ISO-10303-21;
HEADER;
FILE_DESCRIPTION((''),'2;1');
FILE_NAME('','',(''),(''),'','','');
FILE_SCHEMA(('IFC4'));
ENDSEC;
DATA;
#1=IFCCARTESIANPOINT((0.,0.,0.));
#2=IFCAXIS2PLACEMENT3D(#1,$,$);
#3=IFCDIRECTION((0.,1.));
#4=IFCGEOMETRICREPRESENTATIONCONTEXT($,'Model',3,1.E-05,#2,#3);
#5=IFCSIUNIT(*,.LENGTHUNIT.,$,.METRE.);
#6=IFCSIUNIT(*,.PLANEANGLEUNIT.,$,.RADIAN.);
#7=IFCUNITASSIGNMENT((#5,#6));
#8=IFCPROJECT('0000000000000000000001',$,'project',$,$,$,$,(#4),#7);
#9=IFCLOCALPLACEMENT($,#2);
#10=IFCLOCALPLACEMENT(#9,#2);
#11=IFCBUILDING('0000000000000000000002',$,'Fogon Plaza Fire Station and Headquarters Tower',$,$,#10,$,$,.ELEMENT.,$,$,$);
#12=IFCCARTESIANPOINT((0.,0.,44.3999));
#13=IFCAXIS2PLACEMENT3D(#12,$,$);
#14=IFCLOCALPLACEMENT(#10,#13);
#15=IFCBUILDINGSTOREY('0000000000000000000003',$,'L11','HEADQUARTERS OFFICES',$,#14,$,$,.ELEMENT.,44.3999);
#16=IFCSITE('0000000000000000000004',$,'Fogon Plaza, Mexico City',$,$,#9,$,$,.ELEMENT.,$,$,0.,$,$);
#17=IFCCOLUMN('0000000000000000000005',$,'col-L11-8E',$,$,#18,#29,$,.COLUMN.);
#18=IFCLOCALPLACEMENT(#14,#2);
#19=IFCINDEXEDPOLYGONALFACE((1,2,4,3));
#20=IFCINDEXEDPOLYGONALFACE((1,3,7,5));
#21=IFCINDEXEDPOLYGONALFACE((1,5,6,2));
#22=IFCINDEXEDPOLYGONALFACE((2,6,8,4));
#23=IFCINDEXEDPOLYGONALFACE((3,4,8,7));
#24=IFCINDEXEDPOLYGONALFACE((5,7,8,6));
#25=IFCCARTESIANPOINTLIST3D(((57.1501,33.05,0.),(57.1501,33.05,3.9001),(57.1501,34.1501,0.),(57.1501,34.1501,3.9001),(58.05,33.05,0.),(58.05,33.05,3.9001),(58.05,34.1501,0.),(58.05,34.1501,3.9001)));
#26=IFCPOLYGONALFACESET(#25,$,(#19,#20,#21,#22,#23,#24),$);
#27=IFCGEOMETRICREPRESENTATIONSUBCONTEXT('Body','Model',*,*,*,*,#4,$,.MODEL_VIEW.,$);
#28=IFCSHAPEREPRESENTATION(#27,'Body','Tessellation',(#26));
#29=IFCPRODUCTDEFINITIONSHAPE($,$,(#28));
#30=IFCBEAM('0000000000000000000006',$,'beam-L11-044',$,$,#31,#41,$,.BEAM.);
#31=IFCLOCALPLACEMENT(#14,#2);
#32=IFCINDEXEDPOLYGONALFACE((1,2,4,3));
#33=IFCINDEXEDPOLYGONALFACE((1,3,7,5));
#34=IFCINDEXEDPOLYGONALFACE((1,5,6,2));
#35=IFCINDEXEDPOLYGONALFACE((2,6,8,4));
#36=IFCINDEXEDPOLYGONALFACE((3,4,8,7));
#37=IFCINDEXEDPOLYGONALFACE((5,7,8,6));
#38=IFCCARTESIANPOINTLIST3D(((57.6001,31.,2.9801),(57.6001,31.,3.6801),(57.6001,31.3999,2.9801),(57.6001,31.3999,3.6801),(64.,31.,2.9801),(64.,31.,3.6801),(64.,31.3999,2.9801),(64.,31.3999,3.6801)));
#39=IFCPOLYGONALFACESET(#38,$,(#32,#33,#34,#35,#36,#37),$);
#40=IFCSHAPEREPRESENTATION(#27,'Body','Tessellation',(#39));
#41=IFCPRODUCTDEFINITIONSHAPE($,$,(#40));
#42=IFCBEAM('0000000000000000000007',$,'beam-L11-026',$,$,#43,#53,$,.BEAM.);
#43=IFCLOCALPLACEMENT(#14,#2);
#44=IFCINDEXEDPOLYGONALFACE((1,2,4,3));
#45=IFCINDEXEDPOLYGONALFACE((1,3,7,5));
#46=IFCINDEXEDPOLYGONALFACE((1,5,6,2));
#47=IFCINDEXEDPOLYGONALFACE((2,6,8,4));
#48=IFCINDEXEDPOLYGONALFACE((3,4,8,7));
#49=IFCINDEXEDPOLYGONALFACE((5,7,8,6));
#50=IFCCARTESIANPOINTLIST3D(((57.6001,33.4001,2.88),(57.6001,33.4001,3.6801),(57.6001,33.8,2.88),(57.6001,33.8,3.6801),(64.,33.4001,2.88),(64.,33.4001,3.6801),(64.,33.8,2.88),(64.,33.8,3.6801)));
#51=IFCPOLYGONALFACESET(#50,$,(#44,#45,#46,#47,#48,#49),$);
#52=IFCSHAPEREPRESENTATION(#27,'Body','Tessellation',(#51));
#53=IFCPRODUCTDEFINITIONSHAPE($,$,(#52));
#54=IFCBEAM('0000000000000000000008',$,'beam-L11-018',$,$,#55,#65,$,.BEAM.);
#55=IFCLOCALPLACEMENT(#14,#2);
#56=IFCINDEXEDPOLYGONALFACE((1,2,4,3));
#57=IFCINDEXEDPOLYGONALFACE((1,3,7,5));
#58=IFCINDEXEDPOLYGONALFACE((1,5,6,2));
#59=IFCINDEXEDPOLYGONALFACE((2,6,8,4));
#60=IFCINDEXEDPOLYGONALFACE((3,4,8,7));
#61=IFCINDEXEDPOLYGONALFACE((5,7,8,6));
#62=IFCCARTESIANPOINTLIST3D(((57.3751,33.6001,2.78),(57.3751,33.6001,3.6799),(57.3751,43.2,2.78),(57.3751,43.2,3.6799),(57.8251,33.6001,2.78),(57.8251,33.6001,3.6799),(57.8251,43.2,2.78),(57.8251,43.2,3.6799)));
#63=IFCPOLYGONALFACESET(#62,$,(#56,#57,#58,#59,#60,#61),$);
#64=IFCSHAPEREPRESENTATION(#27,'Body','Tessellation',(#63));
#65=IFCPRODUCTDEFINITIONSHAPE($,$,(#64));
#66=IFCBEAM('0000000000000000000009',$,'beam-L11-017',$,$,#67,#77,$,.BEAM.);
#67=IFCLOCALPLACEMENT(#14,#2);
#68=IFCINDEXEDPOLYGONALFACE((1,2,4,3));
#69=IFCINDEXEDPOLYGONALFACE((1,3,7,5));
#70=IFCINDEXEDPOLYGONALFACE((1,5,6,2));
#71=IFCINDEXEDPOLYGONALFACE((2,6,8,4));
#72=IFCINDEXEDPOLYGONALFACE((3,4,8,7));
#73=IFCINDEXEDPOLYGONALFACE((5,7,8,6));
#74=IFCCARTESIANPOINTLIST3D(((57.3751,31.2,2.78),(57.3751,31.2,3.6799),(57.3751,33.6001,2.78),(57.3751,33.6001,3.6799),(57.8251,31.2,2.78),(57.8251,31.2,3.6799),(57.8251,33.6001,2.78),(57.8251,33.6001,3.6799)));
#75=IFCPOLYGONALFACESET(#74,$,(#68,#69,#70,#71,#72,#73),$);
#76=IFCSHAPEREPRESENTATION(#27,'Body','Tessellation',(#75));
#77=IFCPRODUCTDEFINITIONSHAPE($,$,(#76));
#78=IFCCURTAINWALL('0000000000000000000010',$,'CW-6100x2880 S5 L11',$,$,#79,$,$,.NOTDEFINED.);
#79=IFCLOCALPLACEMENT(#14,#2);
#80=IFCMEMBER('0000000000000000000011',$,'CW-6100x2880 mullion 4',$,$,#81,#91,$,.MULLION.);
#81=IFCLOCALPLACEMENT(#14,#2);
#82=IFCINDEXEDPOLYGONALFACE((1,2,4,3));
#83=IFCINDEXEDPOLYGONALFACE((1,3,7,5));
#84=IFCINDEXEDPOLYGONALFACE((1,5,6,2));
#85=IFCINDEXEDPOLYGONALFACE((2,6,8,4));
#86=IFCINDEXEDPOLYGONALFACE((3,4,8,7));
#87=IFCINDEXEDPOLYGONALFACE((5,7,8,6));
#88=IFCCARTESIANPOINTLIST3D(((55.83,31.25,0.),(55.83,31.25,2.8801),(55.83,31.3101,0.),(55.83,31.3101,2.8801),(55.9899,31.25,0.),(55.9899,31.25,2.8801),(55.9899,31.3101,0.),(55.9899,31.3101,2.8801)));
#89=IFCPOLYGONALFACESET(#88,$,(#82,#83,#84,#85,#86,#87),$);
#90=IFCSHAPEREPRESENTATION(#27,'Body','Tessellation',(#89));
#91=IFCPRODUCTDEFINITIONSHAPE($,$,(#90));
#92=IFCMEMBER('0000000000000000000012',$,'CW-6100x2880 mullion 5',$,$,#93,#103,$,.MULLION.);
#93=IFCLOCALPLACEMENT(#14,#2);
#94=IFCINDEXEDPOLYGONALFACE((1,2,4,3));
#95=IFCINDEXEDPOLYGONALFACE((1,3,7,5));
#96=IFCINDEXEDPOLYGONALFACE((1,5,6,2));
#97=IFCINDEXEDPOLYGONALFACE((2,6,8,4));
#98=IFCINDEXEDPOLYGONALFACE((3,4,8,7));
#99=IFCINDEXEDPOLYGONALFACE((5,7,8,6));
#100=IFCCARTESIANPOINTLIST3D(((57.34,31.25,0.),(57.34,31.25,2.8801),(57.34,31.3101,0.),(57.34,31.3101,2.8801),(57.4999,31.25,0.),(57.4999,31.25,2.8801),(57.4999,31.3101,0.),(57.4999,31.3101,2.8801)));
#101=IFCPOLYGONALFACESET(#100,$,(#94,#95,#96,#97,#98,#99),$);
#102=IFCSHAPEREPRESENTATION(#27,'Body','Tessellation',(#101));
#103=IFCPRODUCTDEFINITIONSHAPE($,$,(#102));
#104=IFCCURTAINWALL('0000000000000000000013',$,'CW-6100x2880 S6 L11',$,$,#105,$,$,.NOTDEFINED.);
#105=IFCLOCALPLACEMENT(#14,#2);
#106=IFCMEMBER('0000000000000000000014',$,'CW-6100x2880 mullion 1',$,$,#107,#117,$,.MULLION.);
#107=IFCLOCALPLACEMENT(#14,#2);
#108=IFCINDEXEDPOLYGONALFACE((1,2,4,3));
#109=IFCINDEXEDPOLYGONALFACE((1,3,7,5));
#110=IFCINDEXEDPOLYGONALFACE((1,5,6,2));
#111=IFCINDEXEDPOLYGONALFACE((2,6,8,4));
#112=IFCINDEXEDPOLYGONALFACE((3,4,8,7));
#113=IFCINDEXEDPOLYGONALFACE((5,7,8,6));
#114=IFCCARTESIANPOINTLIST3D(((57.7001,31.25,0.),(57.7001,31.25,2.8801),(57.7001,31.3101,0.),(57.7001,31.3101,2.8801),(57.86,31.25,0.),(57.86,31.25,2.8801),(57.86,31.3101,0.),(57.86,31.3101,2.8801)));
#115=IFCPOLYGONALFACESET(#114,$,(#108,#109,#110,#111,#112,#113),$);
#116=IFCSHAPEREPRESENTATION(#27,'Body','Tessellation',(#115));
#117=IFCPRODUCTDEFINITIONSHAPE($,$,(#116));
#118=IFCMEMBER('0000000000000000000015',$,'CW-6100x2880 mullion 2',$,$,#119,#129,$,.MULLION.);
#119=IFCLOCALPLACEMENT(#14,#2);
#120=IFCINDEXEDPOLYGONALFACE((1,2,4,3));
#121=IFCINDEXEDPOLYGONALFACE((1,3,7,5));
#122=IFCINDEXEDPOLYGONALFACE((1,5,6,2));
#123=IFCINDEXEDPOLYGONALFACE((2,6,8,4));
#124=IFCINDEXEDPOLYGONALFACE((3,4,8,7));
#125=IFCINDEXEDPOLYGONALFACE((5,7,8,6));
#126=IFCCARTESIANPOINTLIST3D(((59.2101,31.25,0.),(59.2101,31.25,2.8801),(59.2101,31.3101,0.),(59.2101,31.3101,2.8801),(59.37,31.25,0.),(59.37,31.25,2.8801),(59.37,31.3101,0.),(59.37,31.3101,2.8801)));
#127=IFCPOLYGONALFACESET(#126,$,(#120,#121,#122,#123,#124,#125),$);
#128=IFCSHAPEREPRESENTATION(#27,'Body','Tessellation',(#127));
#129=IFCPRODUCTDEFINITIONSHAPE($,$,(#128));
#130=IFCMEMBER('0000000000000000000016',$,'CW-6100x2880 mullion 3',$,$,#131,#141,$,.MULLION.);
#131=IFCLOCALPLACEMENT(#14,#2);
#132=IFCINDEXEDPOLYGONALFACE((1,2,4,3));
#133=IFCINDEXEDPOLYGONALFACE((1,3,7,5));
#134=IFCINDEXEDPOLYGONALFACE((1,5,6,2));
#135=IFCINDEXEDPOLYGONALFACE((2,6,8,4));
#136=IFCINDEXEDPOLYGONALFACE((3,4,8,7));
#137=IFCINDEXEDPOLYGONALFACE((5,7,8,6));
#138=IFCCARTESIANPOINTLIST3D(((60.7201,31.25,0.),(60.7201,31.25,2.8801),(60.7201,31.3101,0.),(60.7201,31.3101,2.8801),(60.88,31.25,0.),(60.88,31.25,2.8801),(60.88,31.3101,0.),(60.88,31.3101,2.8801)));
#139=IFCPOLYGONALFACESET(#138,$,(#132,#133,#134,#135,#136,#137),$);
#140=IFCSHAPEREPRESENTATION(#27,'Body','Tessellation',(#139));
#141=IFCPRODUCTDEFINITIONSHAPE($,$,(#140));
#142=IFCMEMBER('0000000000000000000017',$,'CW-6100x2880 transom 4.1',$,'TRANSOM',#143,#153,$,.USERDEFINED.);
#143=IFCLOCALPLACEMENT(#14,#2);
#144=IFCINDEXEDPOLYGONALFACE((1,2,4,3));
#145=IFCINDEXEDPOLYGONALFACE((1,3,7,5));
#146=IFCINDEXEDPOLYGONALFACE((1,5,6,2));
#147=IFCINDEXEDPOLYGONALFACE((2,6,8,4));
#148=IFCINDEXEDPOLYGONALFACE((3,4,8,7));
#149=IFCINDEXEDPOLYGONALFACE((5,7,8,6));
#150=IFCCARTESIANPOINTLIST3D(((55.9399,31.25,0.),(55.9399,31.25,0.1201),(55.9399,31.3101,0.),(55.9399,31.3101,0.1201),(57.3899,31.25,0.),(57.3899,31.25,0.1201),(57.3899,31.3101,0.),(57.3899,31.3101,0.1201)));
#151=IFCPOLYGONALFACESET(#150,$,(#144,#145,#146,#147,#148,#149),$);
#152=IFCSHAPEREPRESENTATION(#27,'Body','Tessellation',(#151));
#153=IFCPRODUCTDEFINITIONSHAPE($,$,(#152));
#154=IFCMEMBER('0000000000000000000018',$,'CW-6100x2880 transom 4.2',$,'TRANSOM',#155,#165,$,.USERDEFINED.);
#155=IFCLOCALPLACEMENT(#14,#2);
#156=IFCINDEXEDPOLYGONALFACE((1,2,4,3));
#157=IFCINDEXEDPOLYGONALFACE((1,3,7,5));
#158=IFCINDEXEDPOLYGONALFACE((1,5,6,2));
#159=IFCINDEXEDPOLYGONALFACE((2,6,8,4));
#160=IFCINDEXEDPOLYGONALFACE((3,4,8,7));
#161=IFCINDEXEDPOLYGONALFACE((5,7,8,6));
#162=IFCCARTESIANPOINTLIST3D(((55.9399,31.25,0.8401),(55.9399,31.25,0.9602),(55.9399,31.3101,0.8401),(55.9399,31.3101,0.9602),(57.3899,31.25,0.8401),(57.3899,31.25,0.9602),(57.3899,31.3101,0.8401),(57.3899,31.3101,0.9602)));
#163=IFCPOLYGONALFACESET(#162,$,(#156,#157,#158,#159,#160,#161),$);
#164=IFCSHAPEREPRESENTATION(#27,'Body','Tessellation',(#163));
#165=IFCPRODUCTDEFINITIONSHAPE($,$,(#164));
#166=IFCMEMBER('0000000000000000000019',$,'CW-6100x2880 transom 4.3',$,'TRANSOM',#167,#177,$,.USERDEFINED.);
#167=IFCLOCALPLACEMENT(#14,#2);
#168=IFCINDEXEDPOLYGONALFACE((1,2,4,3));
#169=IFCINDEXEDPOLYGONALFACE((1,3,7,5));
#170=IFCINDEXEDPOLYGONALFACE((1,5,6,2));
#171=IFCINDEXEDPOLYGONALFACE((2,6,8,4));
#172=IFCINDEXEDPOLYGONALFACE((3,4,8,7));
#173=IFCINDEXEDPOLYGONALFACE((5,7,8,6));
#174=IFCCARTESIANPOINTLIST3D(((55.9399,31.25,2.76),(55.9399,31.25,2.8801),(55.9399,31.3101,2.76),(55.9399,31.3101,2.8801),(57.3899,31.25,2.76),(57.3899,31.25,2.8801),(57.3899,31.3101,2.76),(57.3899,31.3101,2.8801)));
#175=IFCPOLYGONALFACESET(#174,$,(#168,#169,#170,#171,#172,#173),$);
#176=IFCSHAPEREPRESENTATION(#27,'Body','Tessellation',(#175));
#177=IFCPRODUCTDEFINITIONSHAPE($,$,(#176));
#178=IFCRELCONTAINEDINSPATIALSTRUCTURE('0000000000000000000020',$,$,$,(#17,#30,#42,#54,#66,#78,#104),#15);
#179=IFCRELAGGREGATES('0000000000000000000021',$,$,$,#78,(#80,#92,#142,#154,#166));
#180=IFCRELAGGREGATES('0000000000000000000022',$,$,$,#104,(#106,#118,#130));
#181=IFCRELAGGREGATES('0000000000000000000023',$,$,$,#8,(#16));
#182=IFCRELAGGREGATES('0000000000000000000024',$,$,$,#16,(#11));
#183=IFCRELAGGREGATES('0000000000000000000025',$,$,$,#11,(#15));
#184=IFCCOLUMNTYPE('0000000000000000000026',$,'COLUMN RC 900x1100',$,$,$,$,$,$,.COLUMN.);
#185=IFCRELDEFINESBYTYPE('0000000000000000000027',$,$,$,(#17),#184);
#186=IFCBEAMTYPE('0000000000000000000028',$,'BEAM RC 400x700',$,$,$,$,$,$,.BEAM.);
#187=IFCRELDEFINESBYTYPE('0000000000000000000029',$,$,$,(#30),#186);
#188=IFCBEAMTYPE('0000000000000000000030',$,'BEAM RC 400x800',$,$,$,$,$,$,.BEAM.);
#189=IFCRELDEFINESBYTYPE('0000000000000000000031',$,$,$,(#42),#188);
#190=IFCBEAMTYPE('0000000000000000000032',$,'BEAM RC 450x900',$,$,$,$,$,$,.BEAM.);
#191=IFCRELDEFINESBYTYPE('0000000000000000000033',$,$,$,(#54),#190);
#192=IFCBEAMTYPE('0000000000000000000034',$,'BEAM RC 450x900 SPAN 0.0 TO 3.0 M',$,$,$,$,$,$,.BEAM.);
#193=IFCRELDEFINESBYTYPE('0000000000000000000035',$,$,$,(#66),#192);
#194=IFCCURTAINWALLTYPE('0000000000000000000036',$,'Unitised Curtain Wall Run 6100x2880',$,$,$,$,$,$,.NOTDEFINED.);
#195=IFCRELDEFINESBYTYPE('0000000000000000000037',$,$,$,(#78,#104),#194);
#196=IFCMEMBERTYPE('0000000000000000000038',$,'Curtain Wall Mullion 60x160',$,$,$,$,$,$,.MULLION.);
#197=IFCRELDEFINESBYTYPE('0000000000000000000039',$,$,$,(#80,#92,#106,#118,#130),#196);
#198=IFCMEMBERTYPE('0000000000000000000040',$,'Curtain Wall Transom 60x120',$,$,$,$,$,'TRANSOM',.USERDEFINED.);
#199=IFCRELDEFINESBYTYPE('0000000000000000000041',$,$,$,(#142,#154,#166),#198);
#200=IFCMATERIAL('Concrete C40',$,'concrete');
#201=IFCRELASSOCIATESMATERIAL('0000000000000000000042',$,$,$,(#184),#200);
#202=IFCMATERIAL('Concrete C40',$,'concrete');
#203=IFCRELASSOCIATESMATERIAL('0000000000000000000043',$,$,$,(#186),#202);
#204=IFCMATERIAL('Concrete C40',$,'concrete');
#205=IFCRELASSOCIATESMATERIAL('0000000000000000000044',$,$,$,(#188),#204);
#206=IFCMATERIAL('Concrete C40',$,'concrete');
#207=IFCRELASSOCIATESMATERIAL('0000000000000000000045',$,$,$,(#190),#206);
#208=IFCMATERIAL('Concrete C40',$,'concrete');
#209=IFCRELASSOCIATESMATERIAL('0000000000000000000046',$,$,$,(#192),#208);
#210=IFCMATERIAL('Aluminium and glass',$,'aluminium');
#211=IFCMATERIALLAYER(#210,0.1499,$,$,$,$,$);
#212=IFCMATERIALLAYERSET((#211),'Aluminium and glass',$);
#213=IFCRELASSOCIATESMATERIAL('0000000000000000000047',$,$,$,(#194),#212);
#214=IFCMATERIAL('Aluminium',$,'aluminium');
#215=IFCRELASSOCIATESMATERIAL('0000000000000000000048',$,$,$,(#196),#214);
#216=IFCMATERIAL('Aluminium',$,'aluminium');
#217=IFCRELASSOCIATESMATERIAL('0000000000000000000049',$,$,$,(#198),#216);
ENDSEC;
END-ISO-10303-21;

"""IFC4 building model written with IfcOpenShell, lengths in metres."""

from ifc_helpers import new_model, si_unit, direction, frame, origin, origin_2d, place, context, subcontext, project, spatial, rectangle, extrude, material, layer, layer_set, material_profile, profile_set, type_object, element, aggregate, save


model = new_model("IFC4")

# Units and contexts
model_context = context("Model", 3, precision=1e-05, world=origin(), true_north=direction((0.0, 1.0)))
body_context = subcontext(model_context, "Body", "Model", "MODEL_VIEW")
ifc_project = project(units=[si_unit("LENGTHUNIT", "METRE"), si_unit("PLANEANGLEUNIT", "RADIAN")], contexts=[model_context])

# Site, building, storey
site_placement = place(None, origin())
site = spatial("IfcSite", under=ifc_project, at=site_placement, Name="Fogon Plaza, Mexico City", CompositionType="ELEMENT", RefElevation=0.0)
building_placement = place(site_placement, origin())
building = spatial("IfcBuilding", under=site, at=building_placement, Name="Fogon Plaza Fire Station and Headquarters Tower", CompositionType="ELEMENT")
storey_placement = place(building_placement, frame((0.0, 0.0, 44.3999)))
storey = spatial("IfcBuildingStorey", under=building, at=storey_placement, Name="L11", Description="HEADQUARTERS OFFICES", CompositionType="ELEMENT", Elevation=44.3999)

# Column
ifc_material_1 = material(Name="Concrete C40", Category="concrete")
ifc_material_profile_1 = material_profile(ifc_material_1, rectangle(XDim=0.8999, YDim=1.1001, at=origin_2d()), Name="RC 900x1100")
ifc_profile_set_1 = profile_set([ifc_material_profile_1], Name="Concrete C40")
column_type = type_object("IfcColumnType", Name="COLUMN RC 900x1100", PredefinedType="COLUMN", material=ifc_profile_set_1)
column_placement = place(storey_placement, frame((57.6001, 33.6001, 0.0), z_axis=(0.0, 0.0, 1.0), x_axis=(1.0, 0.0, 0.0)))
element("IfcColumn", 1, at=column_placement, inside=storey, type_object=column_type, Name="col-L11-8E", PredefinedType="COLUMN", context=body_context, shape_type="SweptSolid", body=[
    extrude(rectangle(XDim=0.8999, YDim=1.1001, at=origin_2d()), origin(), (0.0, 0.0, 1.0), 3.9001),
])

# Beams
ifc_material_2 = material(Name="Concrete C40", Category="concrete")
ifc_material_profile_2 = material_profile(ifc_material_2, rectangle(XDim=0.3999, YDim=0.7, at=origin_2d()), Name="RC 400x700")
ifc_profile_set_2 = profile_set([ifc_material_profile_2], Name="Concrete C40")
beam_type_1 = type_object("IfcBeamType", Name="BEAM RC 400x700", PredefinedType="BEAM", material=ifc_profile_set_2)
beam_1_placement = place(storey_placement, frame((57.6001, 31.2, 3.3301), z_axis=(1.0, 0.0, 0.0), x_axis=(0.0, 1.0, 0.0)))
element("IfcBeam", 2, at=beam_1_placement, inside=storey, type_object=beam_type_1, Name="beam-L11-044", PredefinedType="BEAM", context=body_context, shape_type="SweptSolid", body=[
    extrude(rectangle(XDim=0.3999, YDim=0.7, at=origin_2d()), origin(), (0.0, 0.0, 1.0), 6.3999),
])
ifc_material_3 = material(Name="Concrete C40", Category="concrete")
ifc_material_profile_3 = material_profile(ifc_material_3, rectangle(XDim=0.3999, YDim=0.8, at=origin_2d()), Name="RC 400x800")
ifc_profile_set_3 = profile_set([ifc_material_profile_3], Name="Concrete C40")
beam_type_2 = type_object("IfcBeamType", Name="BEAM RC 400x800", PredefinedType="BEAM", material=ifc_profile_set_3)
beam_2_placement = place(storey_placement, frame((57.6001, 33.6001, 3.28), z_axis=(1.0, 0.0, 0.0), x_axis=(0.0, 1.0, 0.0)))
element("IfcBeam", 3, at=beam_2_placement, inside=storey, type_object=beam_type_2, Name="beam-L11-026", PredefinedType="BEAM", context=body_context, shape_type="SweptSolid", body=[
    extrude(rectangle(XDim=0.3999, YDim=0.8, at=origin_2d()), origin(), (0.0, 0.0, 1.0), 6.3999),
])
ifc_material_4 = material(Name="Concrete C40", Category="concrete")
ifc_material_profile_4 = material_profile(ifc_material_4, rectangle(XDim=0.45, YDim=0.8999, at=origin_2d()), Name="RC 450x900")
ifc_profile_set_4 = profile_set([ifc_material_profile_4], Name="Concrete C40")
beam_type_3 = type_object("IfcBeamType", Name="BEAM RC 450x900", PredefinedType="BEAM", material=ifc_profile_set_4)
beam_3_placement = place(storey_placement, frame((57.6001, 33.6001, 3.23), z_axis=(0.0, 1.0, 0.0), x_axis=(-1.0, 0.0, 0.0)))
element("IfcBeam", 4, at=beam_3_placement, inside=storey, type_object=beam_type_3, Name="beam-L11-018", PredefinedType="BEAM", context=body_context, shape_type="SweptSolid", body=[
    extrude(rectangle(XDim=0.45, YDim=0.8999, at=origin_2d()), origin(), (0.0, 0.0, 1.0), 9.5999),
])
ifc_material_5 = material(Name="Concrete C40", Category="concrete")
ifc_material_profile_5 = material_profile(ifc_material_5, rectangle(XDim=0.45, YDim=0.8999, at=origin_2d()), Name="RC 450x900")
ifc_profile_set_5 = profile_set([ifc_material_profile_5], Name="Concrete C40")
beam_type_4 = type_object("IfcBeamType", Name="BEAM RC 450x900 SPAN 0.0 TO 3.0 M", PredefinedType="BEAM", material=ifc_profile_set_5)
beam_4_placement = place(storey_placement, frame((57.6001, 31.2, 3.23), z_axis=(0.0, 1.0, 0.0), x_axis=(-1.0, 0.0, 0.0)))
element("IfcBeam", 5, at=beam_4_placement, inside=storey, type_object=beam_type_4, Name="beam-L11-017", PredefinedType="BEAM", context=body_context, shape_type="SweptSolid", body=[
    extrude(rectangle(XDim=0.45, YDim=0.8999, at=origin_2d()), origin(), (0.0, 0.0, 1.0), 2.4001),
])

# Curtain walls, members
ifc_material_6 = material(Name="Aluminium and glass", Category="aluminium")
ifc_layer_1 = layer(ifc_material_6, 0.1499)
ifc_layer_set_1 = layer_set([ifc_layer_1], Name="Aluminium and glass")
curtain_wall_type = type_object("IfcCurtainWallType", Name="Unitised Curtain Wall Run 6100x2880", PredefinedType="NOTDEFINED", material=ifc_layer_set_1)
curtain_wall_1_placement = place(storey_placement, origin())
curtain_wall_1 = element("IfcCurtainWall", 6, at=curtain_wall_1_placement, inside=storey, type_object=curtain_wall_type, Name="CW-6100x2880 S5 L11", PredefinedType="NOTDEFINED")
ifc_material_7 = material(Name="Aluminium", Category="aluminium")
ifc_material_profile_6 = material_profile(ifc_material_7, rectangle(XDim=0.0601, YDim=0.1599, at=origin_2d()), Name="Curtain Wall Mullion 60x160")
ifc_profile_set_6 = profile_set([ifc_material_profile_6], Name="Aluminium")
member_type_1 = type_object("IfcMemberType", Name="Curtain Wall Mullion 60x160", PredefinedType="MULLION", material=ifc_profile_set_6)
member_1_placement = place(storey_placement, frame((55.9099, 31.28, 0.0), z_axis=(0.0, 0.0, 1.0), x_axis=(0.0, 1.0, 0.0)))
member_1 = element("IfcMember", 7, at=member_1_placement, type_object=member_type_1, Name="CW-6100x2880 mullion 4", PredefinedType="MULLION", context=body_context, shape_type="SweptSolid", body=[
    extrude(rectangle(XDim=0.0601, YDim=0.1599, at=origin_2d()), origin(), (0.0, 0.0, 1.0), 2.8801),
])
member_2_placement = place(storey_placement, frame((57.4199, 31.28, 0.0), z_axis=(0.0, 0.0, 1.0), x_axis=(0.0, 1.0, 0.0)))
member_2 = element("IfcMember", 8, at=member_2_placement, type_object=member_type_1, Name="CW-6100x2880 mullion 5", PredefinedType="MULLION", context=body_context, shape_type="SweptSolid", body=[
    extrude(rectangle(XDim=0.0601, YDim=0.1599, at=origin_2d()), origin(), (0.0, 0.0, 1.0), 2.8801),
])
curtain_wall_2_placement = place(storey_placement, origin())
curtain_wall_2 = element("IfcCurtainWall", 9, at=curtain_wall_2_placement, inside=storey, type_object=curtain_wall_type, Name="CW-6100x2880 S6 L11", PredefinedType="NOTDEFINED")
member_3_placement = place(storey_placement, frame((57.78, 31.28, 0.0), z_axis=(0.0, 0.0, 1.0), x_axis=(0.0, 1.0, 0.0)))
member_3 = element("IfcMember", 10, at=member_3_placement, type_object=member_type_1, Name="CW-6100x2880 mullion 1", PredefinedType="MULLION", context=body_context, shape_type="SweptSolid", body=[
    extrude(rectangle(XDim=0.0601, YDim=0.1599, at=origin_2d()), origin(), (0.0, 0.0, 1.0), 2.8801),
])
member_4_placement = place(storey_placement, frame((59.29, 31.28, 0.0), z_axis=(0.0, 0.0, 1.0), x_axis=(0.0, 1.0, 0.0)))
member_4 = element("IfcMember", 11, at=member_4_placement, type_object=member_type_1, Name="CW-6100x2880 mullion 2", PredefinedType="MULLION", context=body_context, shape_type="SweptSolid", body=[
    extrude(rectangle(XDim=0.0601, YDim=0.1599, at=origin_2d()), origin(), (0.0, 0.0, 1.0), 2.8801),
])
member_5_placement = place(storey_placement, frame((60.8, 31.28, 0.0), z_axis=(0.0, 0.0, 1.0), x_axis=(0.0, 1.0, 0.0)))
member_5 = element("IfcMember", 12, at=member_5_placement, type_object=member_type_1, Name="CW-6100x2880 mullion 3", PredefinedType="MULLION", context=body_context, shape_type="SweptSolid", body=[
    extrude(rectangle(XDim=0.0601, YDim=0.1599, at=origin_2d()), origin(), (0.0, 0.0, 1.0), 2.8801),
])

# Members
ifc_material_8 = material(Name="Aluminium", Category="aluminium")
ifc_material_profile_7 = material_profile(ifc_material_8, rectangle(XDim=0.0601, YDim=0.1201, at=origin_2d()), Name="Curtain Wall Transom 60x120")
ifc_profile_set_7 = profile_set([ifc_material_profile_7], Name="Aluminium")
member_type_2 = type_object("IfcMemberType", Name="Curtain Wall Transom 60x120", ElementType="TRANSOM", PredefinedType="USERDEFINED", material=ifc_profile_set_7)
member_6_placement = place(storey_placement, frame((55.9399, 31.28, 0.0601), z_axis=(1.0, 0.0, 0.0), x_axis=(0.0, 1.0, 0.0)))
member_6 = element("IfcMember", 13, at=member_6_placement, type_object=member_type_2, Name="CW-6100x2880 transom 4.1", ObjectType="TRANSOM", PredefinedType="USERDEFINED", context=body_context, shape_type="SweptSolid", body=[
    extrude(rectangle(XDim=0.0601, YDim=0.1201, at=origin_2d()), origin(), (0.0, 0.0, 1.0), 1.45),
])
member_7_placement = place(storey_placement, frame((55.9399, 31.28, 0.9001), z_axis=(1.0, 0.0, 0.0), x_axis=(0.0, 1.0, 0.0)))
member_7 = element("IfcMember", 14, at=member_7_placement, type_object=member_type_2, Name="CW-6100x2880 transom 4.2", ObjectType="TRANSOM", PredefinedType="USERDEFINED", context=body_context, shape_type="SweptSolid", body=[
    extrude(rectangle(XDim=0.0601, YDim=0.1201, at=origin_2d()), origin(), (0.0, 0.0, 1.0), 1.45),
])
member_8_placement = place(storey_placement, frame((55.9399, 31.28, 2.8201), z_axis=(1.0, 0.0, 0.0), x_axis=(0.0, 1.0, 0.0)))
member_8 = element("IfcMember", 15, at=member_8_placement, type_object=member_type_2, Name="CW-6100x2880 transom 4.3", ObjectType="TRANSOM", PredefinedType="USERDEFINED", context=body_context, shape_type="SweptSolid", body=[
    extrude(rectangle(XDim=0.0601, YDim=0.1201, at=origin_2d()), origin(), (0.0, 0.0, 1.0), 1.45),
])

aggregate(curtain_wall_1, [member_1, member_2, member_6, member_7, member_8])
aggregate(curtain_wall_2, [member_3, member_4, member_5])

save(model, "model.ifc")
